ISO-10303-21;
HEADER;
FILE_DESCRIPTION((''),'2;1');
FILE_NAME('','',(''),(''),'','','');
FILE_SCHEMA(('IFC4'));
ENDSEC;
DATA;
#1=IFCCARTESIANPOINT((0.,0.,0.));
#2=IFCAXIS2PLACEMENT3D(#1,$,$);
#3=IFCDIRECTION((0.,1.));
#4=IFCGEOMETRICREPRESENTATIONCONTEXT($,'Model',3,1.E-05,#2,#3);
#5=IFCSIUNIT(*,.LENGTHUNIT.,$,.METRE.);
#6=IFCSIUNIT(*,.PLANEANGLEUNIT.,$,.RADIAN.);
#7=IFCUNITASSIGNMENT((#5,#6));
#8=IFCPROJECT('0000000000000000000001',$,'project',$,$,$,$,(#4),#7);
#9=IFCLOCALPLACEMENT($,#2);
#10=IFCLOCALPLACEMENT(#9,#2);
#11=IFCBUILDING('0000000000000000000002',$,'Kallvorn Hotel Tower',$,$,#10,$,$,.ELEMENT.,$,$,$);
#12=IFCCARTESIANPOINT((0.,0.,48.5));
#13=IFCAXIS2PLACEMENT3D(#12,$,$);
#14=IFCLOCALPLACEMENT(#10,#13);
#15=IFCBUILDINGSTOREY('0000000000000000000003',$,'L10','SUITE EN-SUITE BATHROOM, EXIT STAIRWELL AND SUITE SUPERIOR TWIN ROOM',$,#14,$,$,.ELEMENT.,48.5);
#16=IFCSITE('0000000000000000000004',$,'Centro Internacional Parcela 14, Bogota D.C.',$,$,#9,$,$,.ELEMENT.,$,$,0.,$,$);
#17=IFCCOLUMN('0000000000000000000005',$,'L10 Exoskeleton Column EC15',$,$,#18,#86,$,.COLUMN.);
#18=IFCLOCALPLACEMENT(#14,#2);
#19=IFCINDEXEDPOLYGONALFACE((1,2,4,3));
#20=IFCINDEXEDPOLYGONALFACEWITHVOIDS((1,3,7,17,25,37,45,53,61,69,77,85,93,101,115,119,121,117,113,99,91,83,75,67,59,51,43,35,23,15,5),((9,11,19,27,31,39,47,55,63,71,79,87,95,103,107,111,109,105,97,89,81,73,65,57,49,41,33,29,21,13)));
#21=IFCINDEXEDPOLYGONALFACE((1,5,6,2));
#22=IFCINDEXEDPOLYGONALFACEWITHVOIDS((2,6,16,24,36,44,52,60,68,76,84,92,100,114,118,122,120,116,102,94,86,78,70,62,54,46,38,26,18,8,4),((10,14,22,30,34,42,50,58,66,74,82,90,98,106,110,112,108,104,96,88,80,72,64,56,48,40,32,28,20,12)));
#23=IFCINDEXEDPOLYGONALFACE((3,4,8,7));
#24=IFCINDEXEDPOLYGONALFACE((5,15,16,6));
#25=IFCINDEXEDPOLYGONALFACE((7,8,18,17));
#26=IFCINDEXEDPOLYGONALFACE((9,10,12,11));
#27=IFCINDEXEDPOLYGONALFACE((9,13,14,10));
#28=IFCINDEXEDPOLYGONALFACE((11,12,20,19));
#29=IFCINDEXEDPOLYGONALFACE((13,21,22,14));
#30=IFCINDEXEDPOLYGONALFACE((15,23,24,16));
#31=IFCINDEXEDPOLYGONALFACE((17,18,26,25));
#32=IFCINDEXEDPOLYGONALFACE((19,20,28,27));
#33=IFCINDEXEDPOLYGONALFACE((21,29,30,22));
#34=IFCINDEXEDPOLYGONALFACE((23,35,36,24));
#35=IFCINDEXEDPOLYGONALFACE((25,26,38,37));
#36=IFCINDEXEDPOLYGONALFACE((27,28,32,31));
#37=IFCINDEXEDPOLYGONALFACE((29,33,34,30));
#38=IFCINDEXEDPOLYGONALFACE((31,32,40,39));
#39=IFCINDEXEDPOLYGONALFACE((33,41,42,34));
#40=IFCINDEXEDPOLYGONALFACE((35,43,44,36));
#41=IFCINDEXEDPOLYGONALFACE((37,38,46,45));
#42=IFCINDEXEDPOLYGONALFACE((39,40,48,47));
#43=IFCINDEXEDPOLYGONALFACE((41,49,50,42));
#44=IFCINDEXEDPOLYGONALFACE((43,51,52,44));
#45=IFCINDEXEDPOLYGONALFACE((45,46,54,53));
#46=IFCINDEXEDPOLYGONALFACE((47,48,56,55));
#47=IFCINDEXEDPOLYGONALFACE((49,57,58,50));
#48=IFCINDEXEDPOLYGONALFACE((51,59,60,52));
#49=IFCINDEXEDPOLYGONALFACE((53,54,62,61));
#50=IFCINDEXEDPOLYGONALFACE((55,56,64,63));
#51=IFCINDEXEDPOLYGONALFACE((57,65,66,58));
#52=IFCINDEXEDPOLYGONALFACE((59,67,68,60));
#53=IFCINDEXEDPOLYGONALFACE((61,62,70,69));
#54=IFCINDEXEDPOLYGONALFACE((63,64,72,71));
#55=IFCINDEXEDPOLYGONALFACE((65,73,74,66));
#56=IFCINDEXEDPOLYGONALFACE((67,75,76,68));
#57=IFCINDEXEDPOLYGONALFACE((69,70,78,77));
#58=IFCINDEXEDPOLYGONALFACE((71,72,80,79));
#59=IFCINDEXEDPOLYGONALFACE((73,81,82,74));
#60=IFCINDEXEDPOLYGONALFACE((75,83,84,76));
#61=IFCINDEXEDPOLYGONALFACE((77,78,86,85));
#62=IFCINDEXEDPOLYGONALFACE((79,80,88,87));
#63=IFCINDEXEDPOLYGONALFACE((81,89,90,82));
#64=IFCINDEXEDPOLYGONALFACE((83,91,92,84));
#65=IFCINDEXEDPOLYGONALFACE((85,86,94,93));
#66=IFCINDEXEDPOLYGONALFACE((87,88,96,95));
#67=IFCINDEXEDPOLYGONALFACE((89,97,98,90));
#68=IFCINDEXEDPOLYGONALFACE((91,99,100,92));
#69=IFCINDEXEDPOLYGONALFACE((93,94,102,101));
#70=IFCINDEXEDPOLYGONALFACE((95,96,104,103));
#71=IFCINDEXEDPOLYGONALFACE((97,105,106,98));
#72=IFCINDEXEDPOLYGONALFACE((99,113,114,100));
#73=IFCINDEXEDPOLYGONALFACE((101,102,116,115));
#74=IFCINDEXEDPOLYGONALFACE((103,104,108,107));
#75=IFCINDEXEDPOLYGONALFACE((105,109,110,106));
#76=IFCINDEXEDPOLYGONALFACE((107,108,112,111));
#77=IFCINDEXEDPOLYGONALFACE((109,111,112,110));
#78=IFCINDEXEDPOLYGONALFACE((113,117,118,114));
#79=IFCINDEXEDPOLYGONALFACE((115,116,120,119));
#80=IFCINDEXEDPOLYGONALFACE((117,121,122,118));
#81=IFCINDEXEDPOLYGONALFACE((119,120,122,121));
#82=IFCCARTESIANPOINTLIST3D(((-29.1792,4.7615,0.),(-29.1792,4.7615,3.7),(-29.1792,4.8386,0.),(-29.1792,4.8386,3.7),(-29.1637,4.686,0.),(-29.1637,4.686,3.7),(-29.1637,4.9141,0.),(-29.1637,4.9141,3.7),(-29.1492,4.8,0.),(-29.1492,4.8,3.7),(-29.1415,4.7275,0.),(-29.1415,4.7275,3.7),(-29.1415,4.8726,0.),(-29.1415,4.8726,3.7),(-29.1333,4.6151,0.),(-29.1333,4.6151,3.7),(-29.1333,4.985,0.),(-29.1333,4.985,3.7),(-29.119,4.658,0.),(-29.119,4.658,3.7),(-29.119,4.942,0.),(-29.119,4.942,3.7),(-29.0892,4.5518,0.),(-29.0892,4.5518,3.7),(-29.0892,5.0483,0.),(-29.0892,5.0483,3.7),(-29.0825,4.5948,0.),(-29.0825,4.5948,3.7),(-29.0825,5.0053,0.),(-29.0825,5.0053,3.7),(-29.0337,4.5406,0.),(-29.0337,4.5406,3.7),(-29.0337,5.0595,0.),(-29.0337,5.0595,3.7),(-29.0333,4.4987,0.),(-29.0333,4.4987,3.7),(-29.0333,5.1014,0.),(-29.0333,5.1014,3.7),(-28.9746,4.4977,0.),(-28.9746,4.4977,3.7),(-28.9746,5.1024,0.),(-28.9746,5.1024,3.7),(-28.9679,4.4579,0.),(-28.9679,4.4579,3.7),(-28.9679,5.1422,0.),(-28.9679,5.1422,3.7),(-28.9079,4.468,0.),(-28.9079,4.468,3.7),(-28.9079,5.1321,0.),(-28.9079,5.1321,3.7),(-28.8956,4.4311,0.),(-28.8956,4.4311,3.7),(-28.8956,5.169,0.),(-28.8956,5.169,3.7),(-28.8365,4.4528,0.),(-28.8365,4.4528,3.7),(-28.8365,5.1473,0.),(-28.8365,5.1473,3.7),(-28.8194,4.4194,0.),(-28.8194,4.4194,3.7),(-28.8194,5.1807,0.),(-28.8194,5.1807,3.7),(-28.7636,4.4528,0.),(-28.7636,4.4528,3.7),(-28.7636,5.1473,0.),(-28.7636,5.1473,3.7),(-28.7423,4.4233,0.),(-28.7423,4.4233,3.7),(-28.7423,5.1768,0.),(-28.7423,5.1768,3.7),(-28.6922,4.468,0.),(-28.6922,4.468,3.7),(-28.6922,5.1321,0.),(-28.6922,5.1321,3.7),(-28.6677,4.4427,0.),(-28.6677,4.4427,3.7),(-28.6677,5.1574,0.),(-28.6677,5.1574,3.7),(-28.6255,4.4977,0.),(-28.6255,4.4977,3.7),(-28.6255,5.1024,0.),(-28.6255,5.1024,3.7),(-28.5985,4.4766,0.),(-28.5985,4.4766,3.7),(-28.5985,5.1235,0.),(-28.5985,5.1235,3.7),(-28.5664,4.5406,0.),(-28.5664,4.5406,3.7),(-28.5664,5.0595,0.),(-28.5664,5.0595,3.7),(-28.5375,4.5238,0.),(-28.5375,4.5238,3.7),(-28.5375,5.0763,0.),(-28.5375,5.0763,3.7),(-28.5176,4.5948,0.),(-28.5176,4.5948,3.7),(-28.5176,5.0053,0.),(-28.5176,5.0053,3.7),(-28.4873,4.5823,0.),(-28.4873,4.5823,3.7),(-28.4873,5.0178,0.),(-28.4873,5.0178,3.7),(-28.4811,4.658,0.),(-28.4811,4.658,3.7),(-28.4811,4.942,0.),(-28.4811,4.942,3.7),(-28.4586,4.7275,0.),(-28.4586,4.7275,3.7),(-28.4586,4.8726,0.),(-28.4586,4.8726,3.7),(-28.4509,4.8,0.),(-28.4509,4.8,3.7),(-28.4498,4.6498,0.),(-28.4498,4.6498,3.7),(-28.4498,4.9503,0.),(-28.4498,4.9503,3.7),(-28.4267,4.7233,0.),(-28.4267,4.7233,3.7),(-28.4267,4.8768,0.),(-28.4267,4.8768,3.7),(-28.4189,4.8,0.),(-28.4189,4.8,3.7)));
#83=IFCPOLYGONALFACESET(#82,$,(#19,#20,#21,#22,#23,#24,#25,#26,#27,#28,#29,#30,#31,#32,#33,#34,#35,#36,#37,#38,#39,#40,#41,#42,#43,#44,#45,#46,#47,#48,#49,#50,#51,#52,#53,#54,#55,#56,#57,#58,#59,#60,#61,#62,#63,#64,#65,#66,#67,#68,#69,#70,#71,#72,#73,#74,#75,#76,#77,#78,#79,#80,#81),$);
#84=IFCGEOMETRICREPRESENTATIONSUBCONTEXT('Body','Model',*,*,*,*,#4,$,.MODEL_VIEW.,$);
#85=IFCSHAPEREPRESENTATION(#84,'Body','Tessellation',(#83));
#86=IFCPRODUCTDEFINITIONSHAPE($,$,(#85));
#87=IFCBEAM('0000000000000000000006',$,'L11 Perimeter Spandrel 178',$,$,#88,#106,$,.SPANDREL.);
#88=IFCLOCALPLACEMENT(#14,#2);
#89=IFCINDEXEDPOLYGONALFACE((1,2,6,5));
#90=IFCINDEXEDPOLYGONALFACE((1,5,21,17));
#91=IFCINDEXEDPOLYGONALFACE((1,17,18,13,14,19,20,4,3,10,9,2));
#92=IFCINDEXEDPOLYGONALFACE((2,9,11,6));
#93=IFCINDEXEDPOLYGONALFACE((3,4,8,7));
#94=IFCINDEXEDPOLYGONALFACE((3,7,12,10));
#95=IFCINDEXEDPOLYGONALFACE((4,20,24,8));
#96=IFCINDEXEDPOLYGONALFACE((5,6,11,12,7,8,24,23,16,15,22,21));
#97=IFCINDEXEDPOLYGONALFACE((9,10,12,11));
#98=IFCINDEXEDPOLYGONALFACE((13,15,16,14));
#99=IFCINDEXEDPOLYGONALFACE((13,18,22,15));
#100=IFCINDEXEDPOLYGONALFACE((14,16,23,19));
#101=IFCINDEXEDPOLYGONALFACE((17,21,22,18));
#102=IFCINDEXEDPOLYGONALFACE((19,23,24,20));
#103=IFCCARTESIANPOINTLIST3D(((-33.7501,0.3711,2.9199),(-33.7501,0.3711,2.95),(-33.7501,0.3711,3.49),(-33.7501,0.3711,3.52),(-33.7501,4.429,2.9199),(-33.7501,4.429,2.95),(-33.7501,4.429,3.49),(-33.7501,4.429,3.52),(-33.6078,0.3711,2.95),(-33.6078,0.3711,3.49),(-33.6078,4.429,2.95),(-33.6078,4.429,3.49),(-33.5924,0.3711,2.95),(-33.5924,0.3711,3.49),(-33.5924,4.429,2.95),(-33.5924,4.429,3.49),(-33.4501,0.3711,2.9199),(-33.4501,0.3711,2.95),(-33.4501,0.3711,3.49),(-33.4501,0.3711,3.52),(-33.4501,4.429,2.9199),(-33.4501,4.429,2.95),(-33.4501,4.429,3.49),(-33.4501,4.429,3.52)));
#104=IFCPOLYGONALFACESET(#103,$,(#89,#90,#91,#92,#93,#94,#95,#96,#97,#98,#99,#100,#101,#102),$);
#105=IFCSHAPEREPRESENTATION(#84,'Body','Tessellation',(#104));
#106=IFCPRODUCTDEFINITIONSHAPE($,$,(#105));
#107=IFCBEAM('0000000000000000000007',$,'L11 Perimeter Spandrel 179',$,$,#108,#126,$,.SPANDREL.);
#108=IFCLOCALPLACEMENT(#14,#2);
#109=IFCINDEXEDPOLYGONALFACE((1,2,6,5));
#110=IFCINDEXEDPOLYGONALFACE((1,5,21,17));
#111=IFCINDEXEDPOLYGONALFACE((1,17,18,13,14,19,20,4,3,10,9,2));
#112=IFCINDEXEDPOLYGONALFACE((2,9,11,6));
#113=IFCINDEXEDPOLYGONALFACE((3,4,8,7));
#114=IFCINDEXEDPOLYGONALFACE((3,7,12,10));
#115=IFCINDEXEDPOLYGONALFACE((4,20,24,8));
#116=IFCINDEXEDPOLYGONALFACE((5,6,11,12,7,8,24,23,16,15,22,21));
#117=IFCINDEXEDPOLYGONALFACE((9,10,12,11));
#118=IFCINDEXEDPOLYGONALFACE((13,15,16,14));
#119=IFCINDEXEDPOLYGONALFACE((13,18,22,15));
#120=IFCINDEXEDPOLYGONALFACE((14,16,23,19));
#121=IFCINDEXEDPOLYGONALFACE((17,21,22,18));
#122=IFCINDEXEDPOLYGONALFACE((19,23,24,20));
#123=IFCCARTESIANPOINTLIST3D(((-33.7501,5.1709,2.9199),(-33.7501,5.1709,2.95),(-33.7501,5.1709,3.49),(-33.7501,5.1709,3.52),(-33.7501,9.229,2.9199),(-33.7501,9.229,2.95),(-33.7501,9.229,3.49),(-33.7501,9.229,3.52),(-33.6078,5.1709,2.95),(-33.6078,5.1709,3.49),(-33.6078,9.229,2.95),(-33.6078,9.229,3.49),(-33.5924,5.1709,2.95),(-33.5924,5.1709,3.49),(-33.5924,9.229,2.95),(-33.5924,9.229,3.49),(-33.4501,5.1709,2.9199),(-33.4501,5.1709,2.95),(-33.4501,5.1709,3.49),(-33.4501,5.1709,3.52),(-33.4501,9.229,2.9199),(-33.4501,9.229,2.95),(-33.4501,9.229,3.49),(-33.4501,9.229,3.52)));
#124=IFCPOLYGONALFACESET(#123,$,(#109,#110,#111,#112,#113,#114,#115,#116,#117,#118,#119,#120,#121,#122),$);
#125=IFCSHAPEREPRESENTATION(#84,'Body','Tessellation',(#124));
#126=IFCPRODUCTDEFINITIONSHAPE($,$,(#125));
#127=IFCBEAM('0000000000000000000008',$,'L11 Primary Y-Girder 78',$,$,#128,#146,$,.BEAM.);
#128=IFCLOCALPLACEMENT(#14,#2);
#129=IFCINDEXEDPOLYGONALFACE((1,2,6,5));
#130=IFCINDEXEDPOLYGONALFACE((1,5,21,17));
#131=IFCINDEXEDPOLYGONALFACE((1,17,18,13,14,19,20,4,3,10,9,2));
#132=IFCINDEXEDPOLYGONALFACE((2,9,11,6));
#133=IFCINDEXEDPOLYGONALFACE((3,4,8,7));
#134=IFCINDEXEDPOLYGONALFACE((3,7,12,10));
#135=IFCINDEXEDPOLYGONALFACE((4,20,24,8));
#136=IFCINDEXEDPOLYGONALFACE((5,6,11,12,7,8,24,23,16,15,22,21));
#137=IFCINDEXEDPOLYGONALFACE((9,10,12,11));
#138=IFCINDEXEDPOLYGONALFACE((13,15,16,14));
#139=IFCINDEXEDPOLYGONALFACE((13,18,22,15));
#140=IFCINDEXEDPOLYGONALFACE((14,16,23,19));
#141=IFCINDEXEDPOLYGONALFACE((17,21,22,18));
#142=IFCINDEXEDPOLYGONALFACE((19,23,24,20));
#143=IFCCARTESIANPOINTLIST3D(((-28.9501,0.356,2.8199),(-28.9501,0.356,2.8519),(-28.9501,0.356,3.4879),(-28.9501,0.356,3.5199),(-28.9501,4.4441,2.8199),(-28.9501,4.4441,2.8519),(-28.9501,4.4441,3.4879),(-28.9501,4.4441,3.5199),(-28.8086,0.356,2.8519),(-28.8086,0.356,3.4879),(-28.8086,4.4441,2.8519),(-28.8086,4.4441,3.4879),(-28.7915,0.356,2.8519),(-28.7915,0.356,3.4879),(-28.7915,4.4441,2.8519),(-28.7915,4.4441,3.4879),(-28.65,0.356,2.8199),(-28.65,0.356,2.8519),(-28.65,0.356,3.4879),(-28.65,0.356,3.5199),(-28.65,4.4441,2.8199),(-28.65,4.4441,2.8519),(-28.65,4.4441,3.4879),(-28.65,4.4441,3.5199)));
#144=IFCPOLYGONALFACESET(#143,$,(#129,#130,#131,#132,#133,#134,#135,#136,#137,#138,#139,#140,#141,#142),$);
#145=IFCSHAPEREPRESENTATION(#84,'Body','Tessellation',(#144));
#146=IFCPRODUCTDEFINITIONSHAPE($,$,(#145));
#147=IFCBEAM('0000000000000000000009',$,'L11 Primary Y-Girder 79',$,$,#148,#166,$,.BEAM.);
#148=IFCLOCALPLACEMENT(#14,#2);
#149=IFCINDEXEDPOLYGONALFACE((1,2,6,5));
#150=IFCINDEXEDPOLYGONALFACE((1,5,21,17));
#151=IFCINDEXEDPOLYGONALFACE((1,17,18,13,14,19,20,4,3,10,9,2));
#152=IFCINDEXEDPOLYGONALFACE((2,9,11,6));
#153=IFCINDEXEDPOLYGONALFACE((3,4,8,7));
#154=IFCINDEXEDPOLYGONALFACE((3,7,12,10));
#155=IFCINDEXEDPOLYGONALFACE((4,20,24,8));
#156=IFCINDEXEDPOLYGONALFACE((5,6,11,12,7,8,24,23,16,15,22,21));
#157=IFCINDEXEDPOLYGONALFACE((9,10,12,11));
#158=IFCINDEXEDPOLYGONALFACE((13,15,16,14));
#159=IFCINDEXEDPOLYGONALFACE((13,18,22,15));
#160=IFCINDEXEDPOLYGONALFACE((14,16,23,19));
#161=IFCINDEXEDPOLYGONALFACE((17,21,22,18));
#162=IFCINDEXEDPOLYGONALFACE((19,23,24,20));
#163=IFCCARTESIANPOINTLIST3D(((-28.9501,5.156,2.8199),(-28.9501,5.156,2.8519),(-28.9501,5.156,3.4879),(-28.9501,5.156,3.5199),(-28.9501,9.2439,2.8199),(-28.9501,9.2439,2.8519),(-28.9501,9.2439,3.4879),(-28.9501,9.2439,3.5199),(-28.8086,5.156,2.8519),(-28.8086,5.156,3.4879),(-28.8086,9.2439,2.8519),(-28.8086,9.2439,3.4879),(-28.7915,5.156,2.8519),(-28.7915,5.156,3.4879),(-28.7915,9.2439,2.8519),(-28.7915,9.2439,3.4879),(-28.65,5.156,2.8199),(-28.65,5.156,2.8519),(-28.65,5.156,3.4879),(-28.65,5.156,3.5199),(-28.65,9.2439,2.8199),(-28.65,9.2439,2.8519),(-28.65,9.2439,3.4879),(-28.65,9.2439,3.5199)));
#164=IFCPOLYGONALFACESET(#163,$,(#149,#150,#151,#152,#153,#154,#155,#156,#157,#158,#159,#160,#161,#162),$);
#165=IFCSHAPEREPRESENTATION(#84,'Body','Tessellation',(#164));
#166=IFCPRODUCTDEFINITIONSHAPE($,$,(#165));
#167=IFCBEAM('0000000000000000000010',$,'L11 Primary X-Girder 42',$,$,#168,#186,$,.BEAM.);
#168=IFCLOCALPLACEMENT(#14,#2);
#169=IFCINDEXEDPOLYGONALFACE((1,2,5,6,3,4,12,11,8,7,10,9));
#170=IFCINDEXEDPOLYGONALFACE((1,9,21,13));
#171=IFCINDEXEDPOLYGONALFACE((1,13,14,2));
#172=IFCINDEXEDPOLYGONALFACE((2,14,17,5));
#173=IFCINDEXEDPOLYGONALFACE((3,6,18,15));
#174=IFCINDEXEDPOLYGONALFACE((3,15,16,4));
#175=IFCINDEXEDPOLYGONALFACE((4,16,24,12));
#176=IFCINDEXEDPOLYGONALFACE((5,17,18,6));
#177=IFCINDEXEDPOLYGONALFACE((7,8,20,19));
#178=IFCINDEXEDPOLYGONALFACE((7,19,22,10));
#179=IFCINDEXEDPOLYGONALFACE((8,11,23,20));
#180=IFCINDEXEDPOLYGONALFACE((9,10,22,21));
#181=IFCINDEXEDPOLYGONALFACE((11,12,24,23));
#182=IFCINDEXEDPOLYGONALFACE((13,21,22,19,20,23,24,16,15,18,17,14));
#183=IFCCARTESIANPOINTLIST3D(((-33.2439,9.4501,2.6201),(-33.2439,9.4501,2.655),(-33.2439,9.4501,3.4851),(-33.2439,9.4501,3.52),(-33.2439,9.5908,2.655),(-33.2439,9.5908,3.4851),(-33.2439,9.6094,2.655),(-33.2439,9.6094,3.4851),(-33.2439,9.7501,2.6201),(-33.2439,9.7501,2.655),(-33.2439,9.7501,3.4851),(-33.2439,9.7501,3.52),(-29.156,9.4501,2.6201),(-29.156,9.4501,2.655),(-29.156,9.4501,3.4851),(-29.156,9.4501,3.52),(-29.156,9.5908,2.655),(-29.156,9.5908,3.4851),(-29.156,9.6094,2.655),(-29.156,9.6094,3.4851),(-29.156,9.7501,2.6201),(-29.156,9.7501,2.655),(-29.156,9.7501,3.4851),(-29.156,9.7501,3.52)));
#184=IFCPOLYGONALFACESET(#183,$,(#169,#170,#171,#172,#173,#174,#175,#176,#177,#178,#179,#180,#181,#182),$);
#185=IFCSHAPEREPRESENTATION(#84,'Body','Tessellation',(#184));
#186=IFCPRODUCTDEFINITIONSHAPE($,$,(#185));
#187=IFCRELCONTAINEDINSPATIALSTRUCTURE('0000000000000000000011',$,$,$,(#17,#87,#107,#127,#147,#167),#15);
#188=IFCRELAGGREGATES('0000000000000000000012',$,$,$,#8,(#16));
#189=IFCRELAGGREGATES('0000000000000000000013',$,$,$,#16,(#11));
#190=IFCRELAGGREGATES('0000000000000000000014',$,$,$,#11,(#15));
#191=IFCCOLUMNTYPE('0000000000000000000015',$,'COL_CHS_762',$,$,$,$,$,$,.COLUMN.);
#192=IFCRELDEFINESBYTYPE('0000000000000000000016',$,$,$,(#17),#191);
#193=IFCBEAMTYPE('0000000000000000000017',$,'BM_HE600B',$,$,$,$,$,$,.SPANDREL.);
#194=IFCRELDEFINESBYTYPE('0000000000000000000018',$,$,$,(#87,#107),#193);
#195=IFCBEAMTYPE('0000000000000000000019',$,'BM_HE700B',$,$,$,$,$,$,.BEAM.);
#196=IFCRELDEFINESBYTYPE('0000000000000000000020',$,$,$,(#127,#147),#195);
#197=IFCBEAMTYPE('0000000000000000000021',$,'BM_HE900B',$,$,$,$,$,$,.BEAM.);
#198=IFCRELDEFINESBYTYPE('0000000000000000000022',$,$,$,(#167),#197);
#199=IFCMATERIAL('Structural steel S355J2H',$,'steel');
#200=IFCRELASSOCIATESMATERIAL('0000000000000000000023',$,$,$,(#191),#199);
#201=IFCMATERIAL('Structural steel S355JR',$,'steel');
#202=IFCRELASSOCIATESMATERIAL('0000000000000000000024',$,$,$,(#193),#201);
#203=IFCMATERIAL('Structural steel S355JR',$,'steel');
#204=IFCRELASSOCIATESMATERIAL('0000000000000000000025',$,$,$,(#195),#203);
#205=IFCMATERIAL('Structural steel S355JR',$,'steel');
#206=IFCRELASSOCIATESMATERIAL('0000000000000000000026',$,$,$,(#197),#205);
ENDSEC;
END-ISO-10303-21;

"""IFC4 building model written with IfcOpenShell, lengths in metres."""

from ifc_helpers import new_model, si_unit, direction, frame, origin, origin_2d, place, context, subcontext, project, spatial, hollow_circle, i_section, extrude, material, material_profile, profile_set, type_object, element, save


model = new_model("IFC4")

# Units and contexts
model_context = context("Model", 3, precision=1e-05, world=origin(), true_north=direction((0.0, 1.0)))
body_context = subcontext(model_context, "Body", "Model", "MODEL_VIEW")
ifc_project = project(units=[si_unit("LENGTHUNIT", "METRE"), si_unit("PLANEANGLEUNIT", "RADIAN")], contexts=[model_context])

# Site, building, storey
site_placement = place(None, origin())
site = spatial("IfcSite", under=ifc_project, at=site_placement, Name="Centro Internacional Parcela 14, Bogota D.C.", CompositionType="ELEMENT", RefElevation=0.0)
building_placement = place(site_placement, origin())
building = spatial("IfcBuilding", under=site, at=building_placement, Name="Kallvorn Hotel Tower", CompositionType="ELEMENT")
storey_placement = place(building_placement, frame((0.0, 0.0, 48.5)))
storey = spatial("IfcBuildingStorey", under=building, at=storey_placement, Name="L10", Description="SUITE EN-SUITE BATHROOM, EXIT STAIRWELL AND SUITE SUPERIOR TWIN ROOM", CompositionType="ELEMENT", Elevation=48.5)

# Column
ifc_material_1 = material(Name="Structural steel S355J2H", Category="steel")
ifc_material_profile_1 = material_profile(ifc_material_1, hollow_circle(Radius=0.3811, WallThickness=0.032, at=origin_2d()), Name="CHS 762x32")
ifc_profile_set_1 = profile_set([ifc_material_profile_1], Name="Structural steel S355J2H")
column_type = type_object("IfcColumnType", Name="COL_CHS_762", PredefinedType="COLUMN", material=ifc_profile_set_1)
for number, where, z_axis, x_axis, name in (
    (1, (-28.8, 4.8, 0.0), (0.0, 0.0, 1.0), (1.0, 0.0, 0.0), "L10 Exoskeleton Column EC15"),
):
    element("IfcColumn", number, at=place(storey_placement, frame(where, z_axis=z_axis, x_axis=x_axis)), inside=storey, type_object=column_type, Name=name, PredefinedType="COLUMN", context=body_context, shape_type="SweptSolid", body=[
        extrude(hollow_circle(Radius=0.3811, WallThickness=0.032, at=origin_2d()), origin(), (0.0, 0.0, 1.0), 3.7),
    ])

# Beams
ifc_material_2 = material(Name="Structural steel S355JR", Category="steel")
ifc_material_profile_2 = material_profile(ifc_material_2, i_section(OverallWidth=0.3, OverallDepth=0.6001, WebThickness=0.0154, FlangeThickness=0.03, at=origin_2d()), Name="HE 600 B")
ifc_profile_set_2 = profile_set([ifc_material_profile_2], Name="Structural steel S355JR")
beam_type_1 = type_object("IfcBeamType", Name="BM_HE600B", PredefinedType="SPANDREL", material=ifc_profile_set_2)
beam_1_placement = place(storey_placement, frame((-33.6001, 0.3711, 3.22), z_axis=(0.0, 1.0, 0.0), x_axis=(-1.0, 0.0, 0.0)))
element("IfcBeam", 2, at=beam_1_placement, inside=storey, type_object=beam_type_1, Name="L11 Perimeter Spandrel 178", PredefinedType="SPANDREL", context=body_context, shape_type="SweptSolid", body=[
    extrude(i_section(OverallWidth=0.3, OverallDepth=0.6001, WebThickness=0.0154, FlangeThickness=0.03, at=origin_2d()), origin(), (0.0, 0.0, 1.0), 4.0579),
])
beam_2_placement = place(storey_placement, frame((-33.6001, 5.1709, 3.22), z_axis=(0.0, 1.0, 0.0), x_axis=(-1.0, 0.0, 0.0)))
element("IfcBeam", 3, at=beam_2_placement, inside=storey, type_object=beam_type_1, Name="L11 Perimeter Spandrel 179", PredefinedType="SPANDREL", context=body_context, shape_type="SweptSolid", body=[
    extrude(i_section(OverallWidth=0.3, OverallDepth=0.6001, WebThickness=0.0154, FlangeThickness=0.03, at=origin_2d()), origin(), (0.0, 0.0, 1.0), 4.0581),
])
ifc_material_3 = material(Name="Structural steel S355JR", Category="steel")
ifc_material_profile_3 = material_profile(ifc_material_3, i_section(OverallWidth=0.3, OverallDepth=0.7, WebThickness=0.0171, FlangeThickness=0.032, at=origin_2d()), Name="HE 700 B")
ifc_profile_set_3 = profile_set([ifc_material_profile_3], Name="Structural steel S355JR")
beam_type_2 = type_object("IfcBeamType", Name="BM_HE700B", PredefinedType="BEAM", material=ifc_profile_set_3)
beam_3_placement = place(storey_placement, frame((-28.8, 0.356, 3.1699), z_axis=(0.0, 1.0, 0.0), x_axis=(-1.0, 0.0, 0.0)))
element("IfcBeam", 4, at=beam_3_placement, inside=storey, type_object=beam_type_2, Name="L11 Primary Y-Girder 78", PredefinedType="BEAM", context=body_context, shape_type="SweptSolid", body=[
    extrude(i_section(OverallWidth=0.3, OverallDepth=0.7, WebThickness=0.0171, FlangeThickness=0.032, at=origin_2d()), origin(), (0.0, 0.0, 1.0), 4.0881),
])
beam_4_placement = place(storey_placement, frame((-28.8, 5.156, 3.1699), z_axis=(0.0, 1.0, 0.0), x_axis=(-1.0, 0.0, 0.0)))
element("IfcBeam", 5, at=beam_4_placement, inside=storey, type_object=beam_type_2, Name="L11 Primary Y-Girder 79", PredefinedType="BEAM", context=body_context, shape_type="SweptSolid", body=[
    extrude(i_section(OverallWidth=0.3, OverallDepth=0.7, WebThickness=0.0171, FlangeThickness=0.032, at=origin_2d()), origin(), (0.0, 0.0, 1.0), 4.0879),
])
ifc_material_4 = material(Name="Structural steel S355JR", Category="steel")
ifc_material_profile_4 = material_profile(ifc_material_4, i_section(OverallWidth=0.3, OverallDepth=0.8999, WebThickness=0.0186, FlangeThickness=0.0349, at=origin_2d()), Name="HE 900 B")
ifc_profile_set_4 = profile_set([ifc_material_profile_4], Name="Structural steel S355JR")
beam_type_3 = type_object("IfcBeamType", Name="BM_HE900B", PredefinedType="BEAM", material=ifc_profile_set_4)
beam_5_placement = place(storey_placement, frame((-33.2439, 9.6001, 3.0701), z_axis=(1.0, 0.0, 0.0), x_axis=(0.0, 1.0, 0.0)))
element("IfcBeam", 6, at=beam_5_placement, inside=storey, type_object=beam_type_3, Name="L11 Primary X-Girder 42", PredefinedType="BEAM", context=body_context, shape_type="SweptSolid", body=[
    extrude(i_section(OverallWidth=0.3, OverallDepth=0.8999, WebThickness=0.0186, FlangeThickness=0.0349, at=origin_2d()), origin(), (0.0, 0.0, 1.0), 4.0879),
])

save(model, "model.ifc")
